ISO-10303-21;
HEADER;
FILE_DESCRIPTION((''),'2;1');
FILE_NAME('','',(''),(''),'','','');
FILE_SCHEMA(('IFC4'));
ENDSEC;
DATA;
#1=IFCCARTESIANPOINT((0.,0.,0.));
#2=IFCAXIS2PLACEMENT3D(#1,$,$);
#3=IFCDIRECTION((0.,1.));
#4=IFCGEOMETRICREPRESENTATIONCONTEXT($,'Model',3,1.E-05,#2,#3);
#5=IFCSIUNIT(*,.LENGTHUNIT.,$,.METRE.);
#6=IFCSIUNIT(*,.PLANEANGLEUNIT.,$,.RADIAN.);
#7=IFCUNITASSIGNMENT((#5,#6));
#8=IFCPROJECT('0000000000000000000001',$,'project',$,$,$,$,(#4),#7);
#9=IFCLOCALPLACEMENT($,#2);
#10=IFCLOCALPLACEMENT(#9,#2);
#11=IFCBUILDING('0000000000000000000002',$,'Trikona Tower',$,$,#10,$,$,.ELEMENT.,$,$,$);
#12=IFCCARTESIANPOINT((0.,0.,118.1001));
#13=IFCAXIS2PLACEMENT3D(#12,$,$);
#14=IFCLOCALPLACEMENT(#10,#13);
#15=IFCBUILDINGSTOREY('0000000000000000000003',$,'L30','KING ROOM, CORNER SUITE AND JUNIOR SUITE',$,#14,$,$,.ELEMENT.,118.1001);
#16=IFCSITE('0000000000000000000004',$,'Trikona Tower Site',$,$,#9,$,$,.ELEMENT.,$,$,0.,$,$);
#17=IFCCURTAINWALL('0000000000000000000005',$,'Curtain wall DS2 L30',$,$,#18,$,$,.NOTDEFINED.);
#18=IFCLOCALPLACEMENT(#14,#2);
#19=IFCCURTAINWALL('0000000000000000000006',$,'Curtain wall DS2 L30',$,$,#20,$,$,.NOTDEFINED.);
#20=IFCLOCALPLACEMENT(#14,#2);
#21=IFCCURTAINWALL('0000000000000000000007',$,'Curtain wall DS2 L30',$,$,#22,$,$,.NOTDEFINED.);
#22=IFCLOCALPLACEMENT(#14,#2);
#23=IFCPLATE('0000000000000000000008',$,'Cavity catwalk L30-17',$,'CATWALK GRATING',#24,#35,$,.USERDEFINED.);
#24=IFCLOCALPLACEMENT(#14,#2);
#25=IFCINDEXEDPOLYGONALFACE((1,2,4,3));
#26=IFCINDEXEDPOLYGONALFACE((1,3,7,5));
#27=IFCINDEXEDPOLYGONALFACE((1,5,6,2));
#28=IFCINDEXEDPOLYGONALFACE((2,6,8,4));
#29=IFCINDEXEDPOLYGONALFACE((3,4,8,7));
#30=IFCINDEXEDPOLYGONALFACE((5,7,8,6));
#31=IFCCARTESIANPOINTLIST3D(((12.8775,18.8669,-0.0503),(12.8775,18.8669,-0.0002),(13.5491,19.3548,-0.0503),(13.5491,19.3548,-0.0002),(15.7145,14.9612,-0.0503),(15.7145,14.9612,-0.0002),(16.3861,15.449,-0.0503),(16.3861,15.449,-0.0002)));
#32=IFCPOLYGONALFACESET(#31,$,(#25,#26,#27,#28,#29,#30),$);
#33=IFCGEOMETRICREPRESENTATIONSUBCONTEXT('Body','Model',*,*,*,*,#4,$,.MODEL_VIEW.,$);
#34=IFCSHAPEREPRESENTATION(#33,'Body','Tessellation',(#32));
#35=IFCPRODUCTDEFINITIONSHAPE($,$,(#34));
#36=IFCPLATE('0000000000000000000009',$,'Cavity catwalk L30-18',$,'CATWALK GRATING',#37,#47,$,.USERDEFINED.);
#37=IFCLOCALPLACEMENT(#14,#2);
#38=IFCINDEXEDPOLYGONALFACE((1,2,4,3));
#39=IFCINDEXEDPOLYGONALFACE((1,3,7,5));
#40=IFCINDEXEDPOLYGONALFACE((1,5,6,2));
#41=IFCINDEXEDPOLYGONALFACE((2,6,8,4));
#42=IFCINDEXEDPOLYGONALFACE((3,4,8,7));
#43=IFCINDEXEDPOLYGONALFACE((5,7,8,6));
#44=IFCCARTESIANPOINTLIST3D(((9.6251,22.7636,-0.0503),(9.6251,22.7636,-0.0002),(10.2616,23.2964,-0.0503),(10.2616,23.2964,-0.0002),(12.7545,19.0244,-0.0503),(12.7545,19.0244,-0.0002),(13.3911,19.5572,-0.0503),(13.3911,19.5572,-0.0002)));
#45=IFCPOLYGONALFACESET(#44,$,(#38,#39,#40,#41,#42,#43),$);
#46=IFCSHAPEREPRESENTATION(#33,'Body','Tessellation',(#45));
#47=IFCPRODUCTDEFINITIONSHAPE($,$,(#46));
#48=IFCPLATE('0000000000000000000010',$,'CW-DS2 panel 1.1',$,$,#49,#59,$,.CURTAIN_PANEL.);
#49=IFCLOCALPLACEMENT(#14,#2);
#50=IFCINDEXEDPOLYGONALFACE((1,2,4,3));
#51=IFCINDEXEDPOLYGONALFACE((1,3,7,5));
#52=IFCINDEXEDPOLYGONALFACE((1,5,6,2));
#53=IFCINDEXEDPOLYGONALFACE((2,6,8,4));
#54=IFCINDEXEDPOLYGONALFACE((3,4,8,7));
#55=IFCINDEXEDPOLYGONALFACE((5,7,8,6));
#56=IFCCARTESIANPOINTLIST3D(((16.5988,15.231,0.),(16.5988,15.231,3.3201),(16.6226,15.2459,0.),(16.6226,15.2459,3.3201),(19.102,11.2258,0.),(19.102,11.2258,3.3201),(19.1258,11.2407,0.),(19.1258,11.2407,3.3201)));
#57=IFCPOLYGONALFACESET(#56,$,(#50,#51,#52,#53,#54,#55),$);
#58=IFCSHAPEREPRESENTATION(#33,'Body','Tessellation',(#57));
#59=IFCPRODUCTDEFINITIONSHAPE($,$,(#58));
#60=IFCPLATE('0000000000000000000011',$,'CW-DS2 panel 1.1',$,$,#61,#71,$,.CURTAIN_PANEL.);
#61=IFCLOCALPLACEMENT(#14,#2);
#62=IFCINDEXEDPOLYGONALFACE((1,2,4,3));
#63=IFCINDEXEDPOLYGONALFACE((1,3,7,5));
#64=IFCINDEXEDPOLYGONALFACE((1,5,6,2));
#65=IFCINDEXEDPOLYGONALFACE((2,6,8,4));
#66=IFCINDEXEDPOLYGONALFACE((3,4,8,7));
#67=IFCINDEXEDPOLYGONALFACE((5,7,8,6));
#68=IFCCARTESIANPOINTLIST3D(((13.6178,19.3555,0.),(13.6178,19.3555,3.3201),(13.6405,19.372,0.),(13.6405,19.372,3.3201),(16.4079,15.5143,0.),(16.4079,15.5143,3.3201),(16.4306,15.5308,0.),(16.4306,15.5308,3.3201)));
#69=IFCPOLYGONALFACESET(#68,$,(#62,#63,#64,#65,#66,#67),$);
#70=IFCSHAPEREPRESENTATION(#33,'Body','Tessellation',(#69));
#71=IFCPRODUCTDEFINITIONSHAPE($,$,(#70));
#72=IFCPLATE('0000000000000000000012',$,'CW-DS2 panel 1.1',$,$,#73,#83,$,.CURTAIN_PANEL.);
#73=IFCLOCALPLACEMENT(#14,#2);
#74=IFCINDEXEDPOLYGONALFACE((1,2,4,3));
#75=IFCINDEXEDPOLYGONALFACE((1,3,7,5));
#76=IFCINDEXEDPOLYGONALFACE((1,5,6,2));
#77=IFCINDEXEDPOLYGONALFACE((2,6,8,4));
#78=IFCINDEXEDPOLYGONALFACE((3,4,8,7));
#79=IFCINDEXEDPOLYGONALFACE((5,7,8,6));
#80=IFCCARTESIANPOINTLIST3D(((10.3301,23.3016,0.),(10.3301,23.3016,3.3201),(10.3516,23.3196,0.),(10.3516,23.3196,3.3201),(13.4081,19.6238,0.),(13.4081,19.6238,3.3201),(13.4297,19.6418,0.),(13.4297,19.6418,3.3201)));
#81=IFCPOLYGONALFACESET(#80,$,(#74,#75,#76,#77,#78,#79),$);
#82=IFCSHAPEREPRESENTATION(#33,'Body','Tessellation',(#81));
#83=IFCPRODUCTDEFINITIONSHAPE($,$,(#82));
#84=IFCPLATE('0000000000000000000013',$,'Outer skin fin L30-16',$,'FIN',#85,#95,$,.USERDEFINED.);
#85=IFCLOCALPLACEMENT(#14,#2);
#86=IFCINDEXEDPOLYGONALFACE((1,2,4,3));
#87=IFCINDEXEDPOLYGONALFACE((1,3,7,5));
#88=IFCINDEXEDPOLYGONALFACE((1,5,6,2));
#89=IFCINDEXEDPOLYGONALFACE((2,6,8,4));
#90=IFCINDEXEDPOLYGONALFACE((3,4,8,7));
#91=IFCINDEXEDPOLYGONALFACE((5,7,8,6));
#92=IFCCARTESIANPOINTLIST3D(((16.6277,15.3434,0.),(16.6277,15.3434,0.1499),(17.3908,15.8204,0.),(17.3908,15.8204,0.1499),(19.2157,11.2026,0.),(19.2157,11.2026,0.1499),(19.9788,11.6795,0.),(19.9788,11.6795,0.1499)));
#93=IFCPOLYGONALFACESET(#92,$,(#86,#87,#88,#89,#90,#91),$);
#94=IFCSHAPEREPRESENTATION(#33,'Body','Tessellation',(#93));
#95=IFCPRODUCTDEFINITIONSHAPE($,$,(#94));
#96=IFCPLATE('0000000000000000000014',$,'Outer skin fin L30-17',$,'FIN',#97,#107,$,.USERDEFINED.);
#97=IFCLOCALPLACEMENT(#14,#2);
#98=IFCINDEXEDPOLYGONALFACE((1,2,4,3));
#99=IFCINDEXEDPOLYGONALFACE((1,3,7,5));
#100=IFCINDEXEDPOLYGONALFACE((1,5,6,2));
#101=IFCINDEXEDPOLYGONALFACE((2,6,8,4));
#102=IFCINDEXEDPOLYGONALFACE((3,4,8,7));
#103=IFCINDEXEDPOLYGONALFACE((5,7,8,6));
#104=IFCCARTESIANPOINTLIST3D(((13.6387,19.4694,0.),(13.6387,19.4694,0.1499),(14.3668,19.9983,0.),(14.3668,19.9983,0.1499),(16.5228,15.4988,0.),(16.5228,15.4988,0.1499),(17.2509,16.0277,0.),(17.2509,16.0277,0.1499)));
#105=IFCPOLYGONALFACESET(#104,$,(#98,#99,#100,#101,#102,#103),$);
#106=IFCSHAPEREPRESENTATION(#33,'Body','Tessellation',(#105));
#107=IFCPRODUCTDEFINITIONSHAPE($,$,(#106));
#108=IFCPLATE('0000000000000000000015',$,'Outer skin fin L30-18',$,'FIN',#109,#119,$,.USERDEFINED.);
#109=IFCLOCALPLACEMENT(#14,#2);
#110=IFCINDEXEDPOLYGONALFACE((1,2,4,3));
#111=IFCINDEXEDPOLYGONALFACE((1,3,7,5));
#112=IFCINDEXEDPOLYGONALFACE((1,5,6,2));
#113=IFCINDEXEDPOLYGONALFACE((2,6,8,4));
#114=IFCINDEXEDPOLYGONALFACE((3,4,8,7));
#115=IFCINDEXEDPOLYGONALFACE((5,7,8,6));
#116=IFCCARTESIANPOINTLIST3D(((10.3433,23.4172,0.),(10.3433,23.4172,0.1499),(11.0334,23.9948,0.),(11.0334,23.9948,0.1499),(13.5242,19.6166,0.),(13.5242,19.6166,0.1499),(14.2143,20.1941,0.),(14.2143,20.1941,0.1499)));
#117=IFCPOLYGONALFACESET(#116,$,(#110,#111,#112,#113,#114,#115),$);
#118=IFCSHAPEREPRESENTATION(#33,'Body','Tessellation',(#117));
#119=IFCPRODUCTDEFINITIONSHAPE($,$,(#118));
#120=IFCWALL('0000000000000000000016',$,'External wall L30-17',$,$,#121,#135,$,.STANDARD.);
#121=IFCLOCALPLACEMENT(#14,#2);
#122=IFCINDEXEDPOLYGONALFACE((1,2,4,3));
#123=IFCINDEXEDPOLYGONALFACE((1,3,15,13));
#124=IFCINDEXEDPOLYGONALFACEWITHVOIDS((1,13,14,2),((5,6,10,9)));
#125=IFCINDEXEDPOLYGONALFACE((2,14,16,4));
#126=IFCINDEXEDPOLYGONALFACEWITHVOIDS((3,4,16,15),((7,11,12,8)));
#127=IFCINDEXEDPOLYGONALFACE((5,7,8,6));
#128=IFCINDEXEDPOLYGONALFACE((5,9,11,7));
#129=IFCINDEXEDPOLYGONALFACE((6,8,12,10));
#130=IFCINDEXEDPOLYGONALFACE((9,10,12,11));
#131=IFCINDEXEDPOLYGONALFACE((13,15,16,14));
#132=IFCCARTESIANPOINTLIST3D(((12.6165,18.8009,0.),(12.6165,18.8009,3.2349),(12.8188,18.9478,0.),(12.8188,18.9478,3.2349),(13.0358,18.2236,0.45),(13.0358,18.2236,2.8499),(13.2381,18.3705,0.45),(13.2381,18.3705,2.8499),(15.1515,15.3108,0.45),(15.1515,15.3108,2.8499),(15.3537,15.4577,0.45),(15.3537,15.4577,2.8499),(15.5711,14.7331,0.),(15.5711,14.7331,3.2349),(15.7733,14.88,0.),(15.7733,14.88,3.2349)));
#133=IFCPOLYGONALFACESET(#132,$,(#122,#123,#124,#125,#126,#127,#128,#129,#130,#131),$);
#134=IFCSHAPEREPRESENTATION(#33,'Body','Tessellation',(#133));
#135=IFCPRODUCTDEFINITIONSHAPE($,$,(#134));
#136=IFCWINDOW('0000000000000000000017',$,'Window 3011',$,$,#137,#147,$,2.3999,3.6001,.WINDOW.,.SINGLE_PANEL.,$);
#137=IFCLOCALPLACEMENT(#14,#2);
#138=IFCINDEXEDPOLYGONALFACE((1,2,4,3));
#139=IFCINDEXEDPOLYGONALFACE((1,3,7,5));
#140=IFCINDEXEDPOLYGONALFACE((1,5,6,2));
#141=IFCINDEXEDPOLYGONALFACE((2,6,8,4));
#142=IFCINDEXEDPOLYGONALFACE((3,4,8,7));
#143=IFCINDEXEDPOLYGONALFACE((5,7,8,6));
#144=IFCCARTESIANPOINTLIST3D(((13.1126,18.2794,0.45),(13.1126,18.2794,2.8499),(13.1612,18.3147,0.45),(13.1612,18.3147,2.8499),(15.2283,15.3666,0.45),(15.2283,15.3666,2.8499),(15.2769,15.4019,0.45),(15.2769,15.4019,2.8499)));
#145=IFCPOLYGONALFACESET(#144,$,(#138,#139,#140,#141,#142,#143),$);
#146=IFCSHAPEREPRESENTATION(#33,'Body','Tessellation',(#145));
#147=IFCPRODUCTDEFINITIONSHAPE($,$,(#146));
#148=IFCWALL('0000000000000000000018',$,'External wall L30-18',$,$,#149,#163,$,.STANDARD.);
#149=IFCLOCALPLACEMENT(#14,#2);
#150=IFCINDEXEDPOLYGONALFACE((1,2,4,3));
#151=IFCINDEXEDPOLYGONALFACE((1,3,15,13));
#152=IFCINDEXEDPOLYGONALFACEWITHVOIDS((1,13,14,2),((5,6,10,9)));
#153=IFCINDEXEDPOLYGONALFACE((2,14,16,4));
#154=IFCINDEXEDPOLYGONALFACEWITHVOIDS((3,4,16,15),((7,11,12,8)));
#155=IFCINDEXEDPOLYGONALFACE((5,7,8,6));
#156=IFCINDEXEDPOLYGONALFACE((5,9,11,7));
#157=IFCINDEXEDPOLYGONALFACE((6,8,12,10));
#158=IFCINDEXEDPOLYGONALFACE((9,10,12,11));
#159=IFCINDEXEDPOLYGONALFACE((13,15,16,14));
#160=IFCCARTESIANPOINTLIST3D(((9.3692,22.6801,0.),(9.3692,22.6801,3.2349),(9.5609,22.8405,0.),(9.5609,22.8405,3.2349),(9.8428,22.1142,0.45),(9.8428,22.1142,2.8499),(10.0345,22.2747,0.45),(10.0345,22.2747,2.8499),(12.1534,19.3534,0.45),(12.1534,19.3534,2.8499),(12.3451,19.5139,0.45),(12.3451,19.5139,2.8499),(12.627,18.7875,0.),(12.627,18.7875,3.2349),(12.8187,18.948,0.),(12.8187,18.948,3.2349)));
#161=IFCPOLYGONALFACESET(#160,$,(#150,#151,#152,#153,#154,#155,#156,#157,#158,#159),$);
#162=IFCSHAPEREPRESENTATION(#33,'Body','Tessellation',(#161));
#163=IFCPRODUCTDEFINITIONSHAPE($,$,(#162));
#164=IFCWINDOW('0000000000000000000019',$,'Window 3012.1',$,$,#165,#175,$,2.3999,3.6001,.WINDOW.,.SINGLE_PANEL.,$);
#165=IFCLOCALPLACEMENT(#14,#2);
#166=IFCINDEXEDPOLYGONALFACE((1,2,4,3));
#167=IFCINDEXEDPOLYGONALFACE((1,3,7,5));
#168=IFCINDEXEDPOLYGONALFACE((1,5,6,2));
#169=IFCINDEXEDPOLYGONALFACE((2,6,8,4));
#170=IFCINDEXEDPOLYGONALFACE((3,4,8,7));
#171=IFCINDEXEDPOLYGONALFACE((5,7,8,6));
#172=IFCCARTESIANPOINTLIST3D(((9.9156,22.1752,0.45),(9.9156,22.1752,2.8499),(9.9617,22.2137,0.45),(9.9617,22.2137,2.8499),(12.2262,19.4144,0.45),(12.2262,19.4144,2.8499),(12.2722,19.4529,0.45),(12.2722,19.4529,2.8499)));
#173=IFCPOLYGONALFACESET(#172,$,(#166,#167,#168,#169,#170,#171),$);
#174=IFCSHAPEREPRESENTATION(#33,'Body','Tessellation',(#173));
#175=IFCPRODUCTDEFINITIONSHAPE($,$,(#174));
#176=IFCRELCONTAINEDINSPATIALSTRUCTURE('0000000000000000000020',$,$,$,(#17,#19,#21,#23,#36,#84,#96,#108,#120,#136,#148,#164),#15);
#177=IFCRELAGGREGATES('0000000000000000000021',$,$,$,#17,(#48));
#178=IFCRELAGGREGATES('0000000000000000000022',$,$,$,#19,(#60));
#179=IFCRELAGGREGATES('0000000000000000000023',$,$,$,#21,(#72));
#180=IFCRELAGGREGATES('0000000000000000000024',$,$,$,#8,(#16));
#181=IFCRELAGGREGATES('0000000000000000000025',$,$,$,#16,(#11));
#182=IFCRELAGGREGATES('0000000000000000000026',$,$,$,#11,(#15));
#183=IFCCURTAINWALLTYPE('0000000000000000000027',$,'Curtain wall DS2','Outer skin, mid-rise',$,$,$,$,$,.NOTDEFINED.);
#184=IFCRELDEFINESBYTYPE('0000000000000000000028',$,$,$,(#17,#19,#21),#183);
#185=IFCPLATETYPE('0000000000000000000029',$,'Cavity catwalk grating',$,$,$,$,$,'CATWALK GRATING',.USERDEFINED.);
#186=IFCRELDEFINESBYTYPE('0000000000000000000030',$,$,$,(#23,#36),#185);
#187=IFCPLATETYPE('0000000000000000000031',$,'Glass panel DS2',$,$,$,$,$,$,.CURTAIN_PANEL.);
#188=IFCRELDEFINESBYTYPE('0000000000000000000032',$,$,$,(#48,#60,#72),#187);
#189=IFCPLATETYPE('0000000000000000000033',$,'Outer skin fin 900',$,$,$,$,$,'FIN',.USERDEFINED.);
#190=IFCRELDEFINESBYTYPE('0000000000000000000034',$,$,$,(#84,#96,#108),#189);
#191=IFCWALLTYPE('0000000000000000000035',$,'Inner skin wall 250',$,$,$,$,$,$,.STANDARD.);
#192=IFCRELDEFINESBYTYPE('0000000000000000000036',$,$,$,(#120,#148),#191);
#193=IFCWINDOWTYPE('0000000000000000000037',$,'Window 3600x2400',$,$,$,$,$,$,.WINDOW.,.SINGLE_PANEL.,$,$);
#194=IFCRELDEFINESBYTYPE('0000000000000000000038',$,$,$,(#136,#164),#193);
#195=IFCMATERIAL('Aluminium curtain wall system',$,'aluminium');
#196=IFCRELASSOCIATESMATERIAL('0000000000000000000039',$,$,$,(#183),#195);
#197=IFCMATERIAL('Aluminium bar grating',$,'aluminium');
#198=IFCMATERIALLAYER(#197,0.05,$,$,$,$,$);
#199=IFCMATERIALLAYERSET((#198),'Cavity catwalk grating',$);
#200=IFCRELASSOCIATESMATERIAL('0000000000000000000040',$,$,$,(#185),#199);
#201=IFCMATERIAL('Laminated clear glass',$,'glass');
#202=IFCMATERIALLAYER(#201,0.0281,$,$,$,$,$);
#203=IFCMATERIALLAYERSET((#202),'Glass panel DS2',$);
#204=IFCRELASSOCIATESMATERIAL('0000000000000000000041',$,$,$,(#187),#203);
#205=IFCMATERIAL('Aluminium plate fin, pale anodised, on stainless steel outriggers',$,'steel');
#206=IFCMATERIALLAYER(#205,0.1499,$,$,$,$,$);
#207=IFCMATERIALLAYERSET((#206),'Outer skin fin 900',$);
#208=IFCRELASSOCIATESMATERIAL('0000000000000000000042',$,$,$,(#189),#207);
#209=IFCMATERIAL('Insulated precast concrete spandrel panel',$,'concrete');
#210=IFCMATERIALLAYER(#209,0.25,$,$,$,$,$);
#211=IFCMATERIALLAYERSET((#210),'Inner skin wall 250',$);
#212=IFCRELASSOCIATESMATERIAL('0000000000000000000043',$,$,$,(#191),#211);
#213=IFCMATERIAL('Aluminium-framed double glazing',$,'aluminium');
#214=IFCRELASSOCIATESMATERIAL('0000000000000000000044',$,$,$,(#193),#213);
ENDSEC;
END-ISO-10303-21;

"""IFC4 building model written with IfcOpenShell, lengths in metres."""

from ifc_helpers import new_model, si_unit, direction, frame, frame_2d, origin, origin_2d, place, context, subcontext, project, spatial, rectangle, extrude, material, layer, layer_set, type_object, element, fill, aggregate, save


model = new_model("IFC4")

# Units and contexts
model_context = context("Model", 3, precision=1e-05, world=origin(), true_north=direction((0.0, 1.0)))
body_context = subcontext(model_context, "Body", "Model", "MODEL_VIEW")
ifc_project = project(units=[si_unit("LENGTHUNIT", "METRE"), si_unit("PLANEANGLEUNIT", "RADIAN")], contexts=[model_context])

# Site, building, storey
site_placement = place(None, origin())
site = spatial("IfcSite", under=ifc_project, at=site_placement, Name="Trikona Tower Site", CompositionType="ELEMENT", RefElevation=0.0)
building_placement = place(site_placement, origin())
building = spatial("IfcBuilding", under=site, at=building_placement, Name="Trikona Tower", CompositionType="ELEMENT")
storey_placement = place(building_placement, frame((0.0, 0.0, 118.1001)))
storey = spatial("IfcBuildingStorey", under=building, at=storey_placement, Name="L30", Description="KING ROOM, CORNER SUITE AND JUNIOR SUITE", CompositionType="ELEMENT", Elevation=118.1001)

# Curtain wall
ifc_material_1 = material(Name="Aluminium curtain wall system", Category="aluminium")
curtain_wall_type = type_object("IfcCurtainWallType", Name="Curtain wall DS2", Description="Outer skin, mid-rise", PredefinedType="NOTDEFINED", material=ifc_material_1)
curtain_wall_1_placement = place(storey_placement, origin())
curtain_wall_1 = element("IfcCurtainWall", 1, at=curtain_wall_1_placement, inside=storey, type_object=curtain_wall_type, Name="Curtain wall DS2 L30", PredefinedType="NOTDEFINED")

# Curtain walls
curtain_wall_2_placement = place(storey_placement, origin())
curtain_wall_2 = element("IfcCurtainWall", 2, at=curtain_wall_2_placement, inside=storey, type_object=curtain_wall_type, Name="Curtain wall DS2 L30", PredefinedType="NOTDEFINED")
curtain_wall_3_placement = place(storey_placement, origin())
curtain_wall_3 = element("IfcCurtainWall", 3, at=curtain_wall_3_placement, inside=storey, type_object=curtain_wall_type, Name="Curtain wall DS2 L30", PredefinedType="NOTDEFINED")

# Plates
ifc_material_2 = material(Name="Aluminium bar grating", Category="aluminium")
ifc_layer_1 = layer(ifc_material_2, 0.05)
ifc_layer_set_1 = layer_set([ifc_layer_1], Name="Cavity catwalk grating")
plate_type_1 = type_object("IfcPlateType", Name="Cavity catwalk grating", ElementType="CATWALK GRATING", PredefinedType="USERDEFINED", material=ifc_layer_set_1)
plate_1_placement = place(storey_placement, frame((14.6318, 17.158, -0.0503), z_axis=(0.0, 0.0, 1.0), x_axis=(-0.587686, 0.809089, 0.0)))
element("IfcPlate", 4, at=plate_1_placement, inside=storey, type_object=plate_type_1, Name="Cavity catwalk L30-17", ObjectType="CATWALK GRATING", PredefinedType="USERDEFINED", context=body_context, shape_type="SweptSolid", body=[
    extrude(rectangle(XDim=4.8274, YDim=0.8301, at=origin_2d()), origin(), (0.0, 0.0, 1.0), 0.05),
])
plate_2_placement = place(storey_placement, frame((11.5081, 21.1604, -0.0503), z_axis=(0.0, 0.0, 1.0), x_axis=(-0.641807, 0.766866, 0.0)))
element("IfcPlate", 5, at=plate_2_placement, inside=storey, type_object=plate_type_1, Name="Cavity catwalk L30-18", ObjectType="CATWALK GRATING", PredefinedType="USERDEFINED", context=body_context, shape_type="SweptSolid", body=[
    extrude(rectangle(XDim=4.876, YDim=0.8301, at=origin_2d()), origin(), (0.0, 0.0, 1.0), 0.05),
])

# Plates
ifc_material_3 = material(Name="Laminated clear glass", Category="glass")
ifc_layer_2 = layer(ifc_material_3, 0.0281)
ifc_layer_set_2 = layer_set([ifc_layer_2], Name="Glass panel DS2")
plate_type_2 = type_object("IfcPlateType", Name="Glass panel DS2", PredefinedType="CURTAIN_PANEL", material=ifc_layer_set_2)
plate_3_placement = place(storey_placement, frame((17.8623, 13.2358, 0.0), z_axis=(0.0, 0.0, 1.0), x_axis=(-0.529999, 0.847998, 0.0)))
plate_3 = element("IfcPlate", 6, at=plate_3_placement, type_object=plate_type_2, Name="CW-DS2 panel 1.1", PredefinedType="CURTAIN_PANEL", context=body_context, shape_type="SweptSolid", body=[
    extrude(rectangle(XDim=4.7231, YDim=0.0281, at=origin_2d()), origin(), (0.0, 0.0, 1.0), 3.3201),
])
aggregate(curtain_wall_1, [plate_3])
plate_4_placement = place(storey_placement, frame((15.0242, 17.4431, 0.0), z_axis=(0.0, 0.0, 1.0), x_axis=(-0.587691, 0.809086, 0.0)))
plate_4 = element("IfcPlate", 7, at=plate_4_placement, type_object=plate_type_2, Name="CW-DS2 panel 1.1", PredefinedType="CURTAIN_PANEL", context=body_context, shape_type="SweptSolid", body=[
    extrude(rectangle(XDim=4.7476, YDim=0.0281, at=origin_2d()), origin(), (0.0, 0.0, 1.0), 3.3201),
])
aggregate(curtain_wall_2, [plate_4])
plate_5_placement = place(storey_placement, frame((11.8799, 21.4717, 0.0), z_axis=(0.0, 0.0, 1.0), x_axis=(-0.641806, 0.766867, 0.0)))
plate_5 = element("IfcPlate", 8, at=plate_5_placement, type_object=plate_type_2, Name="CW-DS2 panel 1.1", PredefinedType="CURTAIN_PANEL", context=body_context, shape_type="SweptSolid", body=[
    extrude(rectangle(XDim=4.7959, YDim=0.0281, at=origin_2d()), origin(), (0.0, 0.0, 1.0), 3.3201),
])
aggregate(curtain_wall_3, [plate_5])

# Plates
ifc_material_4 = material(Name="Aluminium plate fin, pale anodised, on stainless steel outriggers", Category="steel")
ifc_layer_3 = layer(ifc_material_4, 0.1499)
ifc_layer_set_3 = layer_set([ifc_layer_3], Name="Outer skin fin 900")
plate_type_3 = type_object("IfcPlateType", Name="Outer skin fin 900", ElementType="FIN", PredefinedType="USERDEFINED", material=ifc_layer_set_3)
plate_6_placement = place(storey_placement, frame((18.3032, 13.5115, 0.0), z_axis=(0.0, 0.0, 1.0), x_axis=(-0.529995, 0.848001, 0.0)))
element("IfcPlate", 9, at=plate_6_placement, inside=storey, type_object=plate_type_3, Name="Outer skin fin L30-16", ObjectType="FIN", PredefinedType="USERDEFINED", context=body_context, shape_type="SweptSolid", body=[
    extrude(rectangle(XDim=4.8831, YDim=0.8999, at=origin_2d()), origin(), (0.0, 0.0, 1.0), 0.1499),
])
plate_7_placement = place(storey_placement, frame((15.4448, 17.7485, 0.0), z_axis=(0.0, 0.0, 1.0), x_axis=(-0.587686, 0.809089, 0.0)))
element("IfcPlate", 10, at=plate_7_placement, inside=storey, type_object=plate_type_3, Name="Outer skin fin L30-17", ObjectType="FIN", PredefinedType="USERDEFINED", context=body_context, shape_type="SweptSolid", body=[
    extrude(rectangle(XDim=4.9075, YDim=0.8999, at=origin_2d()), origin(), (0.0, 0.0, 1.0), 0.1499),
])
plate_8_placement = place(storey_placement, frame((12.2788, 21.8057, 0.0), z_axis=(0.0, 0.0, 1.0), x_axis=(-0.641807, 0.766866, 0.0)))
element("IfcPlate", 11, at=plate_8_placement, inside=storey, type_object=plate_type_3, Name="Outer skin fin L30-18", ObjectType="FIN", PredefinedType="USERDEFINED", context=body_context, shape_type="SweptSolid", body=[
    extrude(rectangle(XDim=4.9561, YDim=0.8999, at=origin_2d()), origin(), (0.0, 0.0, 1.0), 0.1499),
])

# Walls, openings, windows
ifc_material_5 = material(Name="Insulated precast concrete spandrel panel", Category="concrete")
ifc_layer_4 = layer(ifc_material_5, 0.25)
ifc_layer_set_4 = layer_set([ifc_layer_4], Name="Inner skin wall 250")
wall_type = type_object("IfcWallType", Name="Inner skin wall 250", PredefinedType="STANDARD", material=ifc_layer_set_4)
wall_1_placement = place(storey_placement, frame((15.6721, 14.8066, 0.0), z_axis=(0.0, 0.0, 1.0), x_axis=(-0.587669, 0.809101, 0.0)))
wall_1 = element("IfcWall", 12, at=wall_1_placement, inside=storey, type_object=wall_type, Name="External wall L30-17", PredefinedType="STANDARD", context=body_context, shape_type="SweptSolid", body=[
    extrude(rectangle(XDim=5.0276, YDim=0.25, at=frame_2d((2.5137, 0.0))), origin(), (0.0, 0.0, 1.0), 3.2349),
])
opening_1_placement = place(wall_1_placement, frame((0.7139, 0.0, 0.45)))
opening_1 = element("IfcOpeningElement", 13, at=opening_1_placement, cuts=wall_1, PredefinedType="OPENING", context=body_context, shape_type="SweptSolid", body=[
    extrude(rectangle(XDim=3.6001, YDim=2.3999, at=frame_2d((1.8, 1.2))), frame((0.0, 0.135, 0.0), z_axis=(0.0, -1.0, 0.0), x_axis=(1.0, 0.0, 0.0)), (0.0, 0.0, 1.0), 0.27),
])
ifc_material_6 = material(Name="Aluminium-framed double glazing", Category="aluminium")
window_type = type_object("IfcWindowType", Name="Window 3600x2400", PartitioningType="SINGLE_PANEL", PredefinedType="WINDOW", material=ifc_material_6)
window_1_placement = place(opening_1_placement, origin())
window_1 = element("IfcWindow", 14, at=window_1_placement, inside=storey, type_object=window_type, Name="Window 3011", OverallHeight=2.3999, OverallWidth=3.6001, PartitioningType="SINGLE_PANEL", PredefinedType="WINDOW", context=body_context, shape_type="SweptSolid", body=[
    extrude(rectangle(XDim=3.6001, YDim=2.3999, at=frame_2d((1.8, 1.2))), frame((0.0, 0.03, 0.0), z_axis=(0.0, -1.0, 0.0), x_axis=(1.0, 0.0, 0.0)), (0.0, 0.0, 1.0), 0.0601),
])
fill(opening_1, window_1)
wall_2_placement = place(storey_placement, frame((12.7229, 18.8677, 0.0), z_axis=(0.0, 0.0, 1.0), x_axis=(-0.64181, 0.766863, 0.0)))
wall_2 = element("IfcWall", 15, at=wall_2_placement, inside=storey, type_object=wall_type, Name="External wall L30-18", PredefinedType="STANDARD", context=body_context, shape_type="SweptSolid", body=[
    extrude(rectangle(XDim=5.0759, YDim=0.25, at=frame_2d((2.5381, 0.0))), origin(), (0.0, 0.0, 1.0), 3.2349),
])
opening_2_placement = place(wall_2_placement, frame((0.738, 0.0, 0.45)))
opening_2 = element("IfcOpeningElement", 16, at=opening_2_placement, cuts=wall_2, PredefinedType="OPENING", context=body_context, shape_type="SweptSolid", body=[
    extrude(rectangle(XDim=3.6001, YDim=2.3999, at=frame_2d((1.8, 1.2))), frame((0.0, 0.135, 0.0), z_axis=(0.0, -1.0, 0.0), x_axis=(1.0, 0.0, 0.0)), (0.0, 0.0, 1.0), 0.27),
])
window_2_placement = place(opening_2_placement, origin())
window_2 = element("IfcWindow", 17, at=window_2_placement, inside=storey, type_object=window_type, Name="Window 3012.1", OverallHeight=2.3999, OverallWidth=3.6001, PartitioningType="SINGLE_PANEL", PredefinedType="WINDOW", context=body_context, shape_type="SweptSolid", body=[
    extrude(rectangle(XDim=3.6001, YDim=2.3999, at=frame_2d((1.8, 1.2))), frame((0.0, 0.03, 0.0), z_axis=(0.0, -1.0, 0.0), x_axis=(1.0, 0.0, 0.0)), (0.0, 0.0, 1.0), 0.0601),
])
fill(opening_2, window_2)

save(model, "model.ifc")
